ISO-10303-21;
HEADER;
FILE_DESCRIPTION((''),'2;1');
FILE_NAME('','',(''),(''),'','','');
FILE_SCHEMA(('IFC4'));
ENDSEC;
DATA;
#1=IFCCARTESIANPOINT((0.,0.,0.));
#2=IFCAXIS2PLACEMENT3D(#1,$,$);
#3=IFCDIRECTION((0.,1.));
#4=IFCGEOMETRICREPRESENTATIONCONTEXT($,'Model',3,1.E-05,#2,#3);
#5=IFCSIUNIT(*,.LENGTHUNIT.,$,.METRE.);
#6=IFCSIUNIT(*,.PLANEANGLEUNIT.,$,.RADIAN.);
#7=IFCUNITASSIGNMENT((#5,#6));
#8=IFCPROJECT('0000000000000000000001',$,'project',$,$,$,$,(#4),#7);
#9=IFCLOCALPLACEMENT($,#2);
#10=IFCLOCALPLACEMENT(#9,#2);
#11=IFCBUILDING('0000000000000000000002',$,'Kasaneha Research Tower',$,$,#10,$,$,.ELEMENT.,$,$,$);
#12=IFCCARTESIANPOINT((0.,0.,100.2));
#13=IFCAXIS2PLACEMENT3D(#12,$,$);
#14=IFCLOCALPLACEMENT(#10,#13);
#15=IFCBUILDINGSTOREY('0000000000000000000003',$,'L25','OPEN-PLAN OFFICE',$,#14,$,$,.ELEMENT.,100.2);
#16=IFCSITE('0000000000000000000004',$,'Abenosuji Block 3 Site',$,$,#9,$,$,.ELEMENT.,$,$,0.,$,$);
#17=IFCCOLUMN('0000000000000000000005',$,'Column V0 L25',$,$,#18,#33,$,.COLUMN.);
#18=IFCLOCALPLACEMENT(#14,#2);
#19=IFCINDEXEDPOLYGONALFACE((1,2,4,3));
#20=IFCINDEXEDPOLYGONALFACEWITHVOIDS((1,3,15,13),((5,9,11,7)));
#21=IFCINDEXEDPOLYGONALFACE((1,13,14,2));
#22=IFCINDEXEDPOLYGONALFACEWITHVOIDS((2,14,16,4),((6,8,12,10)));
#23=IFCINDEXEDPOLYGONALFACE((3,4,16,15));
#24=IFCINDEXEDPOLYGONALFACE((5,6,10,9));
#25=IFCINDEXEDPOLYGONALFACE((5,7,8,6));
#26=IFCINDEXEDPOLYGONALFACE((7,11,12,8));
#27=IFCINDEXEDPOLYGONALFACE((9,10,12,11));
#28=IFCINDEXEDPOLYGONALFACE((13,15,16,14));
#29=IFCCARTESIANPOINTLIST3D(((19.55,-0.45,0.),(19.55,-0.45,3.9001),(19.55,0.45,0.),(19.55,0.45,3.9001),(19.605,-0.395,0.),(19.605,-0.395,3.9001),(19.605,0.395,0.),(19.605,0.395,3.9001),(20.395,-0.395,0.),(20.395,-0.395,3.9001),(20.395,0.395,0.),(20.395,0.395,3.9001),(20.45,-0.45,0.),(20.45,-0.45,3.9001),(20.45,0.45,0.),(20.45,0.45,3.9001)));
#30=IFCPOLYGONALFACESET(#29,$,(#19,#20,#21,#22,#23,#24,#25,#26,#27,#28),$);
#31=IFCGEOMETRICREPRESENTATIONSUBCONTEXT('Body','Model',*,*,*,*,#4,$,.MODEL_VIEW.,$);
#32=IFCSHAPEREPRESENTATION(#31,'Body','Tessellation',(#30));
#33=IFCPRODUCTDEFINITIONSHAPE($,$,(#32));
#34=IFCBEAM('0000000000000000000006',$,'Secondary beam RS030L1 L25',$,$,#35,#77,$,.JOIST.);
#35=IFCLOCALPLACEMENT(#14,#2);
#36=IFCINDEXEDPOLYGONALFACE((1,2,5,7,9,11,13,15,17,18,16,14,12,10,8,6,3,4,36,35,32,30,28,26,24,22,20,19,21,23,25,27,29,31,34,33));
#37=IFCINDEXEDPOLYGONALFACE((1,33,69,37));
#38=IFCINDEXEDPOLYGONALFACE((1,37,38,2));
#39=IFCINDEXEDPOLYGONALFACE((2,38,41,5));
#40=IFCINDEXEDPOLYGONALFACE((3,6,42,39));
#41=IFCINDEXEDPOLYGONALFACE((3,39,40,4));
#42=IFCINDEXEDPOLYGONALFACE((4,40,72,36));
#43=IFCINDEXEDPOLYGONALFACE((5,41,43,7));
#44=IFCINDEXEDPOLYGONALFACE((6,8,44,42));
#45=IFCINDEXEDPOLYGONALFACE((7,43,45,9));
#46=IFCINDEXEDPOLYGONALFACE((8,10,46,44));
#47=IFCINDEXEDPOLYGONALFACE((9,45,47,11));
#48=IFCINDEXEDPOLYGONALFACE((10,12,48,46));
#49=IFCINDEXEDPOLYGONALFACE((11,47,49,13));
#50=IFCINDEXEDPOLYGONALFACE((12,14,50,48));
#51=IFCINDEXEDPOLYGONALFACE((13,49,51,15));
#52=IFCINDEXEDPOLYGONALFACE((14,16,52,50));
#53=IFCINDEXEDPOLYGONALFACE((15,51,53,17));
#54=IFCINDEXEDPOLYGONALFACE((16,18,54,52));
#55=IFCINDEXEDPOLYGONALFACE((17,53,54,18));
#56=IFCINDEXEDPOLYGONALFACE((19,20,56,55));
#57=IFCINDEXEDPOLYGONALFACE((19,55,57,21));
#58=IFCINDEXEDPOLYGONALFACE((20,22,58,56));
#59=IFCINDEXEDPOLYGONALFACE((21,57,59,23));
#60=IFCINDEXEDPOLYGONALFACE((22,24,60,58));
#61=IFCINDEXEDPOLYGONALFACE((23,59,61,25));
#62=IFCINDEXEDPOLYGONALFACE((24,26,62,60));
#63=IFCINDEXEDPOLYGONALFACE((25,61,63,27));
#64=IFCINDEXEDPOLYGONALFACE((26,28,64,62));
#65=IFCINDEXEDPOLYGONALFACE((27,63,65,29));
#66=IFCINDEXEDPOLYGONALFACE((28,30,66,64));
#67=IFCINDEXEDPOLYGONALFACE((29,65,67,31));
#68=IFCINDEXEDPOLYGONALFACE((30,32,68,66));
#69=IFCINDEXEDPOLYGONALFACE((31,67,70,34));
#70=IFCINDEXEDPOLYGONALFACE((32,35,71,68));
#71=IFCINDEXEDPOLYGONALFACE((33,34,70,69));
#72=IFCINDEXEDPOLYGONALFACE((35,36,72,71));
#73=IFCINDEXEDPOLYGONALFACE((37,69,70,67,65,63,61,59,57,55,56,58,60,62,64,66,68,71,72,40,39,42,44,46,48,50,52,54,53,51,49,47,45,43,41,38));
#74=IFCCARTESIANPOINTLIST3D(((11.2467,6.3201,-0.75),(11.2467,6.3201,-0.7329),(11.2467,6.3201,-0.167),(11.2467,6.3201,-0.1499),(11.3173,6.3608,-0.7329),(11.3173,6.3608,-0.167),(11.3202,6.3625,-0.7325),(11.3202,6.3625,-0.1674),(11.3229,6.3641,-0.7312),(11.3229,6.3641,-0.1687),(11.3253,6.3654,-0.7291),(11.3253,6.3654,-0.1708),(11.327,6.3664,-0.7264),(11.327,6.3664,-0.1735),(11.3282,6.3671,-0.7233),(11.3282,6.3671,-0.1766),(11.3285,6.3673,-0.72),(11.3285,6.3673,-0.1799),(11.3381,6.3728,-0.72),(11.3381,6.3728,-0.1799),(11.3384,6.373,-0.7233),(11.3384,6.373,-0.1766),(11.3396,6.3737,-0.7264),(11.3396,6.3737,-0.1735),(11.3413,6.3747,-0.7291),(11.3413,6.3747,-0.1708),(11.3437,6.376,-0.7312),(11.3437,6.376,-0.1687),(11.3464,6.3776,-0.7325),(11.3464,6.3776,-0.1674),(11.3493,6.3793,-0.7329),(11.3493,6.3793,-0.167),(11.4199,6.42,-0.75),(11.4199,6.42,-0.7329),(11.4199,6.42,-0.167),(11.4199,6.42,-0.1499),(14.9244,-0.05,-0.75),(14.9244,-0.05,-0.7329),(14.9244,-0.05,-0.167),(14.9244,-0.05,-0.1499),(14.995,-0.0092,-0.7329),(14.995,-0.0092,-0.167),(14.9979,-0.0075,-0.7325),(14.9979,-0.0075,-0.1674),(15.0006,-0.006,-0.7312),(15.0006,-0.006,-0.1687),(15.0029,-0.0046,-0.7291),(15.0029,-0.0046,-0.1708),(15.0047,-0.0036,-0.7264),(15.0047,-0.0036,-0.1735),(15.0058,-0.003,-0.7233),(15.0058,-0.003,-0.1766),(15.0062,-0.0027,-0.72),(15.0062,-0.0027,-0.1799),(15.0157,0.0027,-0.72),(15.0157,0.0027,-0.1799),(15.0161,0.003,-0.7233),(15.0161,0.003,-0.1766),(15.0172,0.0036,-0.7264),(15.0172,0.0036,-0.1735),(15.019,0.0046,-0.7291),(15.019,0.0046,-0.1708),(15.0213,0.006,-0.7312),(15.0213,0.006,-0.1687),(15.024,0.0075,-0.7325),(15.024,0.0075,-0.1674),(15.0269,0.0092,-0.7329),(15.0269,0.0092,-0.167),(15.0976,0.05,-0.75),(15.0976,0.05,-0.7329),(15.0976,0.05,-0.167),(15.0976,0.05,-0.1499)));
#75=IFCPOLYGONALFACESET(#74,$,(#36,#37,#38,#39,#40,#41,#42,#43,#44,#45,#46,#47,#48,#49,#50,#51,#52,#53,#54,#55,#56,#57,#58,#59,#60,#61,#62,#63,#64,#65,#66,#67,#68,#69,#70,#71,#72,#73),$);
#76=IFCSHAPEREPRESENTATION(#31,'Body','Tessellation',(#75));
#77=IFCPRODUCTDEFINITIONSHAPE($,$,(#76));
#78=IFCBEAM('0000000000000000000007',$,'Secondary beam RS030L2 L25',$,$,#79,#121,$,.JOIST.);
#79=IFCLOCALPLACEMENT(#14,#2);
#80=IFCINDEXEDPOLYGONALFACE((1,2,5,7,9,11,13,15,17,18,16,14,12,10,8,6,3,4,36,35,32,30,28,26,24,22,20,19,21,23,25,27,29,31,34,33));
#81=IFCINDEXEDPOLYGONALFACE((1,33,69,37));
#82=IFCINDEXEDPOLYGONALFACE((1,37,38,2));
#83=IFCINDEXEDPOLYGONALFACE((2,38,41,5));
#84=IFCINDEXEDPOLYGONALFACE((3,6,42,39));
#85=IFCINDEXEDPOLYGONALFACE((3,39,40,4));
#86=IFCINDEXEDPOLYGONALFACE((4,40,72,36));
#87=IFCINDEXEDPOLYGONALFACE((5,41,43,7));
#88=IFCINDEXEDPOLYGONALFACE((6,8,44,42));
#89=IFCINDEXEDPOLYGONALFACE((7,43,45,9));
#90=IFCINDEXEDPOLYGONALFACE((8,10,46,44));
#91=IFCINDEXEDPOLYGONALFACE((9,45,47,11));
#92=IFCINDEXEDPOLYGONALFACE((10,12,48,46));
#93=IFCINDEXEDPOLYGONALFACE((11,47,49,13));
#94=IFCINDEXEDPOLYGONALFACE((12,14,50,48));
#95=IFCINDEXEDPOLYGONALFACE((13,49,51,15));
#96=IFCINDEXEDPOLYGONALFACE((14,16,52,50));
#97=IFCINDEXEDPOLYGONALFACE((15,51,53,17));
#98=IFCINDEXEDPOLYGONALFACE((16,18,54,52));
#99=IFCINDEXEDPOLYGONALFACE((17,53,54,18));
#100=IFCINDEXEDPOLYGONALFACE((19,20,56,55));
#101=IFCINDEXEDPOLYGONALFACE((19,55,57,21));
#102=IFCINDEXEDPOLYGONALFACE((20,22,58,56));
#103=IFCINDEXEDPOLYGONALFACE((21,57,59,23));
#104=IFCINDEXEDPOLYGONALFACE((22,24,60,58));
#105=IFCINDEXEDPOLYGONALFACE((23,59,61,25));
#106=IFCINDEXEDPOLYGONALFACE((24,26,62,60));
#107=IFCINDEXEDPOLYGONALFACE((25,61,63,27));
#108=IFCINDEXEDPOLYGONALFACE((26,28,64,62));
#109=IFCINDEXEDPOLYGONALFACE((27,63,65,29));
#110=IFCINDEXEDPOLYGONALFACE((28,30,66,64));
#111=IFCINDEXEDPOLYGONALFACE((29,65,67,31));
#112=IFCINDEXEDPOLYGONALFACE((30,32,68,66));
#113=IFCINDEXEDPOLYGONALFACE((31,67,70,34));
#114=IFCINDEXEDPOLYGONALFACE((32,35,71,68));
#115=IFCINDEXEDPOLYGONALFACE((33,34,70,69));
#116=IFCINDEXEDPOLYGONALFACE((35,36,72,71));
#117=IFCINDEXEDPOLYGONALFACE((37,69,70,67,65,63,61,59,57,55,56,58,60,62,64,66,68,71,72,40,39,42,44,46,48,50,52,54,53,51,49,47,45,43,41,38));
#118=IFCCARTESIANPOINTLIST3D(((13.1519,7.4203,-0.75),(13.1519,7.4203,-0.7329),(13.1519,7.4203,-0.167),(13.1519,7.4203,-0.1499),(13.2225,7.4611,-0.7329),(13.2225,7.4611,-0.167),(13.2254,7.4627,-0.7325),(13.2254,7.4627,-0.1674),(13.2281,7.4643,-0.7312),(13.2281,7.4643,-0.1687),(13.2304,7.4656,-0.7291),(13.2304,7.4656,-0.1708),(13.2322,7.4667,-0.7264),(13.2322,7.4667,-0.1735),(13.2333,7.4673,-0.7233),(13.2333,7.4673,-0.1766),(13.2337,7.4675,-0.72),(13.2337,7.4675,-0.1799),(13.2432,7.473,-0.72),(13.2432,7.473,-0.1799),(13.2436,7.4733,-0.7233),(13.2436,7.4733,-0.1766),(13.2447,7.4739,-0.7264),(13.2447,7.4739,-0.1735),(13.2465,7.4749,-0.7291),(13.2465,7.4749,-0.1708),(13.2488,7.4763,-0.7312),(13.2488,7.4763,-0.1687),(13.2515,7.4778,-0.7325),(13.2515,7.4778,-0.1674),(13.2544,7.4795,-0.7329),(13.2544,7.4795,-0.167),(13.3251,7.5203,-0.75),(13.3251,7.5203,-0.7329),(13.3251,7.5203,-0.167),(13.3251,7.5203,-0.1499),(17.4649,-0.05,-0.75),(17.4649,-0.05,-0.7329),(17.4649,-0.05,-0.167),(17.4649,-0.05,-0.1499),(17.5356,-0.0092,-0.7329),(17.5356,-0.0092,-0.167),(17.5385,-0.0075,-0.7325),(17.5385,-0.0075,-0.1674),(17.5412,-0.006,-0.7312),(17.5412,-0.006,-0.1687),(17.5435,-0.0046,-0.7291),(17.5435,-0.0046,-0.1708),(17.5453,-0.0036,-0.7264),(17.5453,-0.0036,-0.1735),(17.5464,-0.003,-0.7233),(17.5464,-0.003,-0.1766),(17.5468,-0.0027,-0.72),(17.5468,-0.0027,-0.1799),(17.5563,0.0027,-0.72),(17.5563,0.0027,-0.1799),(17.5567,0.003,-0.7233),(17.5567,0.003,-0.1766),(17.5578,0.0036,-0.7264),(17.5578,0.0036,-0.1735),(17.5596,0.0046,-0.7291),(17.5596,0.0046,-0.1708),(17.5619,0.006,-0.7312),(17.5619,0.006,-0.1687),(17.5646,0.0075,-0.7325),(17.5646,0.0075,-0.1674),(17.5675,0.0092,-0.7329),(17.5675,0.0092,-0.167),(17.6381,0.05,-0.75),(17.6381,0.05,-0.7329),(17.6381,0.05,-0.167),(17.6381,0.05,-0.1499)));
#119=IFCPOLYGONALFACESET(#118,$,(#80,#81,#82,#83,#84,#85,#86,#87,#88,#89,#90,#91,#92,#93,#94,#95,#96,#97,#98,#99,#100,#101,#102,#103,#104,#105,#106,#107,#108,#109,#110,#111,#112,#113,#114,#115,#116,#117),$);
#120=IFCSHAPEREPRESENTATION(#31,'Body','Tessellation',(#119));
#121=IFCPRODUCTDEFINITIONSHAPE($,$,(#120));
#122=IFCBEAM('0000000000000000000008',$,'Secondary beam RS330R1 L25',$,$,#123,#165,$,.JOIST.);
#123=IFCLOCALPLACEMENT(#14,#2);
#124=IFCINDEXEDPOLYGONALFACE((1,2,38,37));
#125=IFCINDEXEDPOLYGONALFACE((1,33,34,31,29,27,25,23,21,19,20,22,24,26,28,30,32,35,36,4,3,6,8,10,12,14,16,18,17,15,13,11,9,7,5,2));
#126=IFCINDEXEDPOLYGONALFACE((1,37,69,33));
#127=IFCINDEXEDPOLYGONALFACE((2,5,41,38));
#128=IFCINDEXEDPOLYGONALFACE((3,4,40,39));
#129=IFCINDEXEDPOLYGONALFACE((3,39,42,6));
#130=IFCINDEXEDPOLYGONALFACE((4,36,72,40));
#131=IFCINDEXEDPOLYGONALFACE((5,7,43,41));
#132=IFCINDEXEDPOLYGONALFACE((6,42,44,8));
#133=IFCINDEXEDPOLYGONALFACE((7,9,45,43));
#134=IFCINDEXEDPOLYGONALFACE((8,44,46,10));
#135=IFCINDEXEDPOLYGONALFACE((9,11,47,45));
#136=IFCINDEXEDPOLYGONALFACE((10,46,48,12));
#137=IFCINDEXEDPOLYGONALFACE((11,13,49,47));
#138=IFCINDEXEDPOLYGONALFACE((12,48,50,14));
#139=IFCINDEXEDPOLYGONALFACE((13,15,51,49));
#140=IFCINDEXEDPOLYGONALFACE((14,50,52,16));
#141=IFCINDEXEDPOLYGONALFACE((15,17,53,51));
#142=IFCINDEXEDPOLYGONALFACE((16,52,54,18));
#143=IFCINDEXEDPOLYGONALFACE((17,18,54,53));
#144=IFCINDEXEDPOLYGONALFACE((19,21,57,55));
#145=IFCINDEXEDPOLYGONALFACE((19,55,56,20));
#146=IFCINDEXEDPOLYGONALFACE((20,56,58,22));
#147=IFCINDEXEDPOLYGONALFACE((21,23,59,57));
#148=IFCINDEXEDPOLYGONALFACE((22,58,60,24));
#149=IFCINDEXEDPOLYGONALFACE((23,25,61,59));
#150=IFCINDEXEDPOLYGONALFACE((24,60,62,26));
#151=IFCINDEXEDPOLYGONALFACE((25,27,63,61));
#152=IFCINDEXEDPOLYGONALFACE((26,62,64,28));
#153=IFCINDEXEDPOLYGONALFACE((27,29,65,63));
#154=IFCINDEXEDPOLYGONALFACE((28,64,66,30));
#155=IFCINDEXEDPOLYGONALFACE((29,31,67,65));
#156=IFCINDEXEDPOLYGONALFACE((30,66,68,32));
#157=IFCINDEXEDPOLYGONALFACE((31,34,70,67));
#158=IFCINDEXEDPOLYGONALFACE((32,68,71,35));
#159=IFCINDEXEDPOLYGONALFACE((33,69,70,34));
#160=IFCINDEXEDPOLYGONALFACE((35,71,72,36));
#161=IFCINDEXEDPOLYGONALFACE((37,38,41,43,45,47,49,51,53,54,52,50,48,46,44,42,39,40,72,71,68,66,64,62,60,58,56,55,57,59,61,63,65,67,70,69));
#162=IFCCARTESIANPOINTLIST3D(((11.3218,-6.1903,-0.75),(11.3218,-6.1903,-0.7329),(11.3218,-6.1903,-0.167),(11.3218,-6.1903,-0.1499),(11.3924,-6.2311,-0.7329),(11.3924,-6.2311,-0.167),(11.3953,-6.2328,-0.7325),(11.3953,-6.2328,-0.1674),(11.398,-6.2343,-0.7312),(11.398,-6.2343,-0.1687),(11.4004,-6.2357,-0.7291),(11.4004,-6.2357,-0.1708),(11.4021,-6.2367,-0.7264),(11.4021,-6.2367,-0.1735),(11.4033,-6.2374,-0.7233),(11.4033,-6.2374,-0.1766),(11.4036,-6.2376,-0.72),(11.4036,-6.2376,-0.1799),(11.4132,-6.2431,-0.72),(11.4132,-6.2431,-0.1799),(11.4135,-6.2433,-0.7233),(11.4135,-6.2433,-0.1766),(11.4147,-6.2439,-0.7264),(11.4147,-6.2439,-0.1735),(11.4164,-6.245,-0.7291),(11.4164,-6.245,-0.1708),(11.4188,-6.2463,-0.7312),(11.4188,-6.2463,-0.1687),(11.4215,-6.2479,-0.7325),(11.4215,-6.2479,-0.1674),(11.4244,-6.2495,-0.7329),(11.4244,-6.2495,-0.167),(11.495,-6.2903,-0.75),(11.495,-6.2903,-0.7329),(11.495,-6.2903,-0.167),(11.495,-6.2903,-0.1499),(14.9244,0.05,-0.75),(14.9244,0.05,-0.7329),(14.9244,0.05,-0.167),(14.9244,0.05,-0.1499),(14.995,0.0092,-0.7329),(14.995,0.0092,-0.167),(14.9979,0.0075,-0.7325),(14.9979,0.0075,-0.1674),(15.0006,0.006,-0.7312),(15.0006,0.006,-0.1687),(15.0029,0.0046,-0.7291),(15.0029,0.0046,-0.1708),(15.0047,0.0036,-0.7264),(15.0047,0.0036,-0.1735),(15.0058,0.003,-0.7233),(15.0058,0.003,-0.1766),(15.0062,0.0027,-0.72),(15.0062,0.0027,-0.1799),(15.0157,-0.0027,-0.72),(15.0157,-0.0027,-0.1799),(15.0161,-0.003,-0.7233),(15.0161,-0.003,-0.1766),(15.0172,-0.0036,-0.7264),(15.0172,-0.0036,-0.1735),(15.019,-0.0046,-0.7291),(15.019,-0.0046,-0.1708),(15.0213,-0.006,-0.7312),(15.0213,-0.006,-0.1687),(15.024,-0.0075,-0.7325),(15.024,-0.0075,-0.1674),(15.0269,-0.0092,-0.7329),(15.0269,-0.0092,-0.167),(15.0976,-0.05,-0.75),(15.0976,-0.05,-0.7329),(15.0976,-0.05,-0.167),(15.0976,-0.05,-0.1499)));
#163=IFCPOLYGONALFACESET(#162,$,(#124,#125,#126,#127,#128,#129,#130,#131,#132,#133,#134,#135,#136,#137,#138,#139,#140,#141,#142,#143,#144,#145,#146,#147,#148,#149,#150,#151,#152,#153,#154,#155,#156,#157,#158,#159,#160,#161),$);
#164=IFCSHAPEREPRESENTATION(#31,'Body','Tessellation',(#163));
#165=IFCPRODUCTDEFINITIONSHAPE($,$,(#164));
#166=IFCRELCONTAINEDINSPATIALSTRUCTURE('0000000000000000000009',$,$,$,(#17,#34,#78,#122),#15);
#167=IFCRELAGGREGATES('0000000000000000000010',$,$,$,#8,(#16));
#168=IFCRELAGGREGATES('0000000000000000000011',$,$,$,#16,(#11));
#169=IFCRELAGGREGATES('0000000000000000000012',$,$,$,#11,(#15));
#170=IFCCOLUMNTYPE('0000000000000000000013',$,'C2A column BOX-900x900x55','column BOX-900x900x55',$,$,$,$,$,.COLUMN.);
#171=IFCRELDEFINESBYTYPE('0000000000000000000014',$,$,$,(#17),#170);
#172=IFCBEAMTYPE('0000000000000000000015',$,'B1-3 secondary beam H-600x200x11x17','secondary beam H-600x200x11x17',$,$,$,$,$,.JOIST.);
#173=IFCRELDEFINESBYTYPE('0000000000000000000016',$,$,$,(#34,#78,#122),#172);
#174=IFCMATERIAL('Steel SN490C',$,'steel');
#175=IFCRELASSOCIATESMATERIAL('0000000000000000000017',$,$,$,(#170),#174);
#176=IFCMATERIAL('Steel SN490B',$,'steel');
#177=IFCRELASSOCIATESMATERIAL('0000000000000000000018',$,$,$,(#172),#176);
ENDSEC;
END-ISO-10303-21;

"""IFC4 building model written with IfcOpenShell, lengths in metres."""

from ifc_helpers import new_model, si_unit, direction, frame, origin, origin_2d, place, context, subcontext, project, spatial, hollow_rectangle, i_section, extrude, material, material_profile, profile_set, type_object, element, save


model = new_model("IFC4")

# Units and contexts
model_context = context("Model", 3, precision=1e-05, world=origin(), true_north=direction((0.0, 1.0)))
body_context = subcontext(model_context, "Body", "Model", "MODEL_VIEW")
ifc_project = project(units=[si_unit("LENGTHUNIT", "METRE"), si_unit("PLANEANGLEUNIT", "RADIAN")], contexts=[model_context])

# Site, building, storey
site_placement = place(None, origin())
site = spatial("IfcSite", under=ifc_project, at=site_placement, Name="Abenosuji Block 3 Site", CompositionType="ELEMENT", RefElevation=0.0)
building_placement = place(site_placement, origin())
building = spatial("IfcBuilding", under=site, at=building_placement, Name="Kasaneha Research Tower", CompositionType="ELEMENT")
storey_placement = place(building_placement, frame((0.0, 0.0, 100.2)))
storey = spatial("IfcBuildingStorey", under=building, at=storey_placement, Name="L25", Description="OPEN-PLAN OFFICE", CompositionType="ELEMENT", Elevation=100.2)

# Column
ifc_material_1 = material(Name="Steel SN490C", Category="steel")
ifc_material_profile_1 = material_profile(ifc_material_1, hollow_rectangle(XDim=0.8999, YDim=0.8999, WallThickness=0.0549, at=origin_2d()), Name="BOX-900x900x55")
ifc_profile_set_1 = profile_set([ifc_material_profile_1], Name="Steel SN490C")
column_type = type_object("IfcColumnType", Name="C2A column BOX-900x900x55", Description="column BOX-900x900x55", PredefinedType="COLUMN", material=ifc_profile_set_1)
column_placement = place(storey_placement, frame((20.0, 0.0, 0.0), z_axis=(0.0, 0.0, 1.0), x_axis=(1.0, 0.0, 0.0)))
element("IfcColumn", 1, at=column_placement, inside=storey, type_object=column_type, Name="Column V0 L25", PredefinedType="COLUMN", context=body_context, shape_type="SweptSolid", body=[
    extrude(hollow_rectangle(XDim=0.8999, YDim=0.8999, WallThickness=0.0549, at=origin_2d()), origin(), (0.0, 0.0, 1.0), 3.9001),
])

# Beams
ifc_material_2 = material(Name="Steel SN490B", Category="steel")
ifc_material_profile_2 = material_profile(ifc_material_2, i_section(OverallWidth=0.2, OverallDepth=0.6001, WebThickness=0.011, FlangeThickness=0.0171, FilletRadius=0.0129, at=origin_2d()), Name="H-600x200x11x17")
ifc_profile_set_2 = profile_set([ifc_material_profile_2], Name="Steel SN490B")
beam_type_1 = type_object("IfcBeamType", Name="B1-3 secondary beam H-600x200x11x17", Description="secondary beam H-600x200x11x17", PredefinedType="JOIST", material=ifc_profile_set_2)
beam_1_placement = place(storey_placement, frame((15.011, 0.0, -0.45), z_axis=(-0.499994, 0.866029, 0.0), x_axis=(-0.866029, -0.499994, 0.0)))
element("IfcBeam", 2, at=beam_1_placement, inside=storey, type_object=beam_type_1, Name="Secondary beam RS030L1 L25", PredefinedType="JOIST", context=body_context, shape_type="SweptSolid", body=[
    extrude(i_section(OverallWidth=0.2, OverallDepth=0.6001, WebThickness=0.011, FlangeThickness=0.0171, FilletRadius=0.0129, at=origin_2d()), origin(), (0.0, 0.0, 1.0), 7.3555),
])
beam_2_placement = place(storey_placement, frame((17.5515, 0.0, -0.45), z_axis=(-0.500005, 0.866023, 0.0), x_axis=(-0.866023, -0.500005, 0.0)))
element("IfcBeam", 3, at=beam_2_placement, inside=storey, type_object=beam_type_1, Name="Secondary beam RS030L2 L25", PredefinedType="JOIST", context=body_context, shape_type="SweptSolid", body=[
    extrude(i_section(OverallWidth=0.2, OverallDepth=0.6001, WebThickness=0.011, FlangeThickness=0.0171, FilletRadius=0.0129, at=origin_2d()), origin(), (0.0, 0.0, 1.0), 8.626),
])
beam_3_placement = place(storey_placement, frame((15.011, 0.0, -0.45), z_axis=(-0.499973, -0.866041, 0.0), x_axis=(0.866041, -0.499973, 0.0)))
element("IfcBeam", 4, at=beam_3_placement, inside=storey, type_object=beam_type_1, Name="Secondary beam RS330R1 L25", PredefinedType="JOIST", context=body_context, shape_type="SweptSolid", body=[
    extrude(i_section(OverallWidth=0.2, OverallDepth=0.6001, WebThickness=0.011, FlangeThickness=0.0171, FilletRadius=0.0129, at=origin_2d()), origin(), (0.0, 0.0, 1.0), 7.2056),
])

save(model, "model.ifc")
